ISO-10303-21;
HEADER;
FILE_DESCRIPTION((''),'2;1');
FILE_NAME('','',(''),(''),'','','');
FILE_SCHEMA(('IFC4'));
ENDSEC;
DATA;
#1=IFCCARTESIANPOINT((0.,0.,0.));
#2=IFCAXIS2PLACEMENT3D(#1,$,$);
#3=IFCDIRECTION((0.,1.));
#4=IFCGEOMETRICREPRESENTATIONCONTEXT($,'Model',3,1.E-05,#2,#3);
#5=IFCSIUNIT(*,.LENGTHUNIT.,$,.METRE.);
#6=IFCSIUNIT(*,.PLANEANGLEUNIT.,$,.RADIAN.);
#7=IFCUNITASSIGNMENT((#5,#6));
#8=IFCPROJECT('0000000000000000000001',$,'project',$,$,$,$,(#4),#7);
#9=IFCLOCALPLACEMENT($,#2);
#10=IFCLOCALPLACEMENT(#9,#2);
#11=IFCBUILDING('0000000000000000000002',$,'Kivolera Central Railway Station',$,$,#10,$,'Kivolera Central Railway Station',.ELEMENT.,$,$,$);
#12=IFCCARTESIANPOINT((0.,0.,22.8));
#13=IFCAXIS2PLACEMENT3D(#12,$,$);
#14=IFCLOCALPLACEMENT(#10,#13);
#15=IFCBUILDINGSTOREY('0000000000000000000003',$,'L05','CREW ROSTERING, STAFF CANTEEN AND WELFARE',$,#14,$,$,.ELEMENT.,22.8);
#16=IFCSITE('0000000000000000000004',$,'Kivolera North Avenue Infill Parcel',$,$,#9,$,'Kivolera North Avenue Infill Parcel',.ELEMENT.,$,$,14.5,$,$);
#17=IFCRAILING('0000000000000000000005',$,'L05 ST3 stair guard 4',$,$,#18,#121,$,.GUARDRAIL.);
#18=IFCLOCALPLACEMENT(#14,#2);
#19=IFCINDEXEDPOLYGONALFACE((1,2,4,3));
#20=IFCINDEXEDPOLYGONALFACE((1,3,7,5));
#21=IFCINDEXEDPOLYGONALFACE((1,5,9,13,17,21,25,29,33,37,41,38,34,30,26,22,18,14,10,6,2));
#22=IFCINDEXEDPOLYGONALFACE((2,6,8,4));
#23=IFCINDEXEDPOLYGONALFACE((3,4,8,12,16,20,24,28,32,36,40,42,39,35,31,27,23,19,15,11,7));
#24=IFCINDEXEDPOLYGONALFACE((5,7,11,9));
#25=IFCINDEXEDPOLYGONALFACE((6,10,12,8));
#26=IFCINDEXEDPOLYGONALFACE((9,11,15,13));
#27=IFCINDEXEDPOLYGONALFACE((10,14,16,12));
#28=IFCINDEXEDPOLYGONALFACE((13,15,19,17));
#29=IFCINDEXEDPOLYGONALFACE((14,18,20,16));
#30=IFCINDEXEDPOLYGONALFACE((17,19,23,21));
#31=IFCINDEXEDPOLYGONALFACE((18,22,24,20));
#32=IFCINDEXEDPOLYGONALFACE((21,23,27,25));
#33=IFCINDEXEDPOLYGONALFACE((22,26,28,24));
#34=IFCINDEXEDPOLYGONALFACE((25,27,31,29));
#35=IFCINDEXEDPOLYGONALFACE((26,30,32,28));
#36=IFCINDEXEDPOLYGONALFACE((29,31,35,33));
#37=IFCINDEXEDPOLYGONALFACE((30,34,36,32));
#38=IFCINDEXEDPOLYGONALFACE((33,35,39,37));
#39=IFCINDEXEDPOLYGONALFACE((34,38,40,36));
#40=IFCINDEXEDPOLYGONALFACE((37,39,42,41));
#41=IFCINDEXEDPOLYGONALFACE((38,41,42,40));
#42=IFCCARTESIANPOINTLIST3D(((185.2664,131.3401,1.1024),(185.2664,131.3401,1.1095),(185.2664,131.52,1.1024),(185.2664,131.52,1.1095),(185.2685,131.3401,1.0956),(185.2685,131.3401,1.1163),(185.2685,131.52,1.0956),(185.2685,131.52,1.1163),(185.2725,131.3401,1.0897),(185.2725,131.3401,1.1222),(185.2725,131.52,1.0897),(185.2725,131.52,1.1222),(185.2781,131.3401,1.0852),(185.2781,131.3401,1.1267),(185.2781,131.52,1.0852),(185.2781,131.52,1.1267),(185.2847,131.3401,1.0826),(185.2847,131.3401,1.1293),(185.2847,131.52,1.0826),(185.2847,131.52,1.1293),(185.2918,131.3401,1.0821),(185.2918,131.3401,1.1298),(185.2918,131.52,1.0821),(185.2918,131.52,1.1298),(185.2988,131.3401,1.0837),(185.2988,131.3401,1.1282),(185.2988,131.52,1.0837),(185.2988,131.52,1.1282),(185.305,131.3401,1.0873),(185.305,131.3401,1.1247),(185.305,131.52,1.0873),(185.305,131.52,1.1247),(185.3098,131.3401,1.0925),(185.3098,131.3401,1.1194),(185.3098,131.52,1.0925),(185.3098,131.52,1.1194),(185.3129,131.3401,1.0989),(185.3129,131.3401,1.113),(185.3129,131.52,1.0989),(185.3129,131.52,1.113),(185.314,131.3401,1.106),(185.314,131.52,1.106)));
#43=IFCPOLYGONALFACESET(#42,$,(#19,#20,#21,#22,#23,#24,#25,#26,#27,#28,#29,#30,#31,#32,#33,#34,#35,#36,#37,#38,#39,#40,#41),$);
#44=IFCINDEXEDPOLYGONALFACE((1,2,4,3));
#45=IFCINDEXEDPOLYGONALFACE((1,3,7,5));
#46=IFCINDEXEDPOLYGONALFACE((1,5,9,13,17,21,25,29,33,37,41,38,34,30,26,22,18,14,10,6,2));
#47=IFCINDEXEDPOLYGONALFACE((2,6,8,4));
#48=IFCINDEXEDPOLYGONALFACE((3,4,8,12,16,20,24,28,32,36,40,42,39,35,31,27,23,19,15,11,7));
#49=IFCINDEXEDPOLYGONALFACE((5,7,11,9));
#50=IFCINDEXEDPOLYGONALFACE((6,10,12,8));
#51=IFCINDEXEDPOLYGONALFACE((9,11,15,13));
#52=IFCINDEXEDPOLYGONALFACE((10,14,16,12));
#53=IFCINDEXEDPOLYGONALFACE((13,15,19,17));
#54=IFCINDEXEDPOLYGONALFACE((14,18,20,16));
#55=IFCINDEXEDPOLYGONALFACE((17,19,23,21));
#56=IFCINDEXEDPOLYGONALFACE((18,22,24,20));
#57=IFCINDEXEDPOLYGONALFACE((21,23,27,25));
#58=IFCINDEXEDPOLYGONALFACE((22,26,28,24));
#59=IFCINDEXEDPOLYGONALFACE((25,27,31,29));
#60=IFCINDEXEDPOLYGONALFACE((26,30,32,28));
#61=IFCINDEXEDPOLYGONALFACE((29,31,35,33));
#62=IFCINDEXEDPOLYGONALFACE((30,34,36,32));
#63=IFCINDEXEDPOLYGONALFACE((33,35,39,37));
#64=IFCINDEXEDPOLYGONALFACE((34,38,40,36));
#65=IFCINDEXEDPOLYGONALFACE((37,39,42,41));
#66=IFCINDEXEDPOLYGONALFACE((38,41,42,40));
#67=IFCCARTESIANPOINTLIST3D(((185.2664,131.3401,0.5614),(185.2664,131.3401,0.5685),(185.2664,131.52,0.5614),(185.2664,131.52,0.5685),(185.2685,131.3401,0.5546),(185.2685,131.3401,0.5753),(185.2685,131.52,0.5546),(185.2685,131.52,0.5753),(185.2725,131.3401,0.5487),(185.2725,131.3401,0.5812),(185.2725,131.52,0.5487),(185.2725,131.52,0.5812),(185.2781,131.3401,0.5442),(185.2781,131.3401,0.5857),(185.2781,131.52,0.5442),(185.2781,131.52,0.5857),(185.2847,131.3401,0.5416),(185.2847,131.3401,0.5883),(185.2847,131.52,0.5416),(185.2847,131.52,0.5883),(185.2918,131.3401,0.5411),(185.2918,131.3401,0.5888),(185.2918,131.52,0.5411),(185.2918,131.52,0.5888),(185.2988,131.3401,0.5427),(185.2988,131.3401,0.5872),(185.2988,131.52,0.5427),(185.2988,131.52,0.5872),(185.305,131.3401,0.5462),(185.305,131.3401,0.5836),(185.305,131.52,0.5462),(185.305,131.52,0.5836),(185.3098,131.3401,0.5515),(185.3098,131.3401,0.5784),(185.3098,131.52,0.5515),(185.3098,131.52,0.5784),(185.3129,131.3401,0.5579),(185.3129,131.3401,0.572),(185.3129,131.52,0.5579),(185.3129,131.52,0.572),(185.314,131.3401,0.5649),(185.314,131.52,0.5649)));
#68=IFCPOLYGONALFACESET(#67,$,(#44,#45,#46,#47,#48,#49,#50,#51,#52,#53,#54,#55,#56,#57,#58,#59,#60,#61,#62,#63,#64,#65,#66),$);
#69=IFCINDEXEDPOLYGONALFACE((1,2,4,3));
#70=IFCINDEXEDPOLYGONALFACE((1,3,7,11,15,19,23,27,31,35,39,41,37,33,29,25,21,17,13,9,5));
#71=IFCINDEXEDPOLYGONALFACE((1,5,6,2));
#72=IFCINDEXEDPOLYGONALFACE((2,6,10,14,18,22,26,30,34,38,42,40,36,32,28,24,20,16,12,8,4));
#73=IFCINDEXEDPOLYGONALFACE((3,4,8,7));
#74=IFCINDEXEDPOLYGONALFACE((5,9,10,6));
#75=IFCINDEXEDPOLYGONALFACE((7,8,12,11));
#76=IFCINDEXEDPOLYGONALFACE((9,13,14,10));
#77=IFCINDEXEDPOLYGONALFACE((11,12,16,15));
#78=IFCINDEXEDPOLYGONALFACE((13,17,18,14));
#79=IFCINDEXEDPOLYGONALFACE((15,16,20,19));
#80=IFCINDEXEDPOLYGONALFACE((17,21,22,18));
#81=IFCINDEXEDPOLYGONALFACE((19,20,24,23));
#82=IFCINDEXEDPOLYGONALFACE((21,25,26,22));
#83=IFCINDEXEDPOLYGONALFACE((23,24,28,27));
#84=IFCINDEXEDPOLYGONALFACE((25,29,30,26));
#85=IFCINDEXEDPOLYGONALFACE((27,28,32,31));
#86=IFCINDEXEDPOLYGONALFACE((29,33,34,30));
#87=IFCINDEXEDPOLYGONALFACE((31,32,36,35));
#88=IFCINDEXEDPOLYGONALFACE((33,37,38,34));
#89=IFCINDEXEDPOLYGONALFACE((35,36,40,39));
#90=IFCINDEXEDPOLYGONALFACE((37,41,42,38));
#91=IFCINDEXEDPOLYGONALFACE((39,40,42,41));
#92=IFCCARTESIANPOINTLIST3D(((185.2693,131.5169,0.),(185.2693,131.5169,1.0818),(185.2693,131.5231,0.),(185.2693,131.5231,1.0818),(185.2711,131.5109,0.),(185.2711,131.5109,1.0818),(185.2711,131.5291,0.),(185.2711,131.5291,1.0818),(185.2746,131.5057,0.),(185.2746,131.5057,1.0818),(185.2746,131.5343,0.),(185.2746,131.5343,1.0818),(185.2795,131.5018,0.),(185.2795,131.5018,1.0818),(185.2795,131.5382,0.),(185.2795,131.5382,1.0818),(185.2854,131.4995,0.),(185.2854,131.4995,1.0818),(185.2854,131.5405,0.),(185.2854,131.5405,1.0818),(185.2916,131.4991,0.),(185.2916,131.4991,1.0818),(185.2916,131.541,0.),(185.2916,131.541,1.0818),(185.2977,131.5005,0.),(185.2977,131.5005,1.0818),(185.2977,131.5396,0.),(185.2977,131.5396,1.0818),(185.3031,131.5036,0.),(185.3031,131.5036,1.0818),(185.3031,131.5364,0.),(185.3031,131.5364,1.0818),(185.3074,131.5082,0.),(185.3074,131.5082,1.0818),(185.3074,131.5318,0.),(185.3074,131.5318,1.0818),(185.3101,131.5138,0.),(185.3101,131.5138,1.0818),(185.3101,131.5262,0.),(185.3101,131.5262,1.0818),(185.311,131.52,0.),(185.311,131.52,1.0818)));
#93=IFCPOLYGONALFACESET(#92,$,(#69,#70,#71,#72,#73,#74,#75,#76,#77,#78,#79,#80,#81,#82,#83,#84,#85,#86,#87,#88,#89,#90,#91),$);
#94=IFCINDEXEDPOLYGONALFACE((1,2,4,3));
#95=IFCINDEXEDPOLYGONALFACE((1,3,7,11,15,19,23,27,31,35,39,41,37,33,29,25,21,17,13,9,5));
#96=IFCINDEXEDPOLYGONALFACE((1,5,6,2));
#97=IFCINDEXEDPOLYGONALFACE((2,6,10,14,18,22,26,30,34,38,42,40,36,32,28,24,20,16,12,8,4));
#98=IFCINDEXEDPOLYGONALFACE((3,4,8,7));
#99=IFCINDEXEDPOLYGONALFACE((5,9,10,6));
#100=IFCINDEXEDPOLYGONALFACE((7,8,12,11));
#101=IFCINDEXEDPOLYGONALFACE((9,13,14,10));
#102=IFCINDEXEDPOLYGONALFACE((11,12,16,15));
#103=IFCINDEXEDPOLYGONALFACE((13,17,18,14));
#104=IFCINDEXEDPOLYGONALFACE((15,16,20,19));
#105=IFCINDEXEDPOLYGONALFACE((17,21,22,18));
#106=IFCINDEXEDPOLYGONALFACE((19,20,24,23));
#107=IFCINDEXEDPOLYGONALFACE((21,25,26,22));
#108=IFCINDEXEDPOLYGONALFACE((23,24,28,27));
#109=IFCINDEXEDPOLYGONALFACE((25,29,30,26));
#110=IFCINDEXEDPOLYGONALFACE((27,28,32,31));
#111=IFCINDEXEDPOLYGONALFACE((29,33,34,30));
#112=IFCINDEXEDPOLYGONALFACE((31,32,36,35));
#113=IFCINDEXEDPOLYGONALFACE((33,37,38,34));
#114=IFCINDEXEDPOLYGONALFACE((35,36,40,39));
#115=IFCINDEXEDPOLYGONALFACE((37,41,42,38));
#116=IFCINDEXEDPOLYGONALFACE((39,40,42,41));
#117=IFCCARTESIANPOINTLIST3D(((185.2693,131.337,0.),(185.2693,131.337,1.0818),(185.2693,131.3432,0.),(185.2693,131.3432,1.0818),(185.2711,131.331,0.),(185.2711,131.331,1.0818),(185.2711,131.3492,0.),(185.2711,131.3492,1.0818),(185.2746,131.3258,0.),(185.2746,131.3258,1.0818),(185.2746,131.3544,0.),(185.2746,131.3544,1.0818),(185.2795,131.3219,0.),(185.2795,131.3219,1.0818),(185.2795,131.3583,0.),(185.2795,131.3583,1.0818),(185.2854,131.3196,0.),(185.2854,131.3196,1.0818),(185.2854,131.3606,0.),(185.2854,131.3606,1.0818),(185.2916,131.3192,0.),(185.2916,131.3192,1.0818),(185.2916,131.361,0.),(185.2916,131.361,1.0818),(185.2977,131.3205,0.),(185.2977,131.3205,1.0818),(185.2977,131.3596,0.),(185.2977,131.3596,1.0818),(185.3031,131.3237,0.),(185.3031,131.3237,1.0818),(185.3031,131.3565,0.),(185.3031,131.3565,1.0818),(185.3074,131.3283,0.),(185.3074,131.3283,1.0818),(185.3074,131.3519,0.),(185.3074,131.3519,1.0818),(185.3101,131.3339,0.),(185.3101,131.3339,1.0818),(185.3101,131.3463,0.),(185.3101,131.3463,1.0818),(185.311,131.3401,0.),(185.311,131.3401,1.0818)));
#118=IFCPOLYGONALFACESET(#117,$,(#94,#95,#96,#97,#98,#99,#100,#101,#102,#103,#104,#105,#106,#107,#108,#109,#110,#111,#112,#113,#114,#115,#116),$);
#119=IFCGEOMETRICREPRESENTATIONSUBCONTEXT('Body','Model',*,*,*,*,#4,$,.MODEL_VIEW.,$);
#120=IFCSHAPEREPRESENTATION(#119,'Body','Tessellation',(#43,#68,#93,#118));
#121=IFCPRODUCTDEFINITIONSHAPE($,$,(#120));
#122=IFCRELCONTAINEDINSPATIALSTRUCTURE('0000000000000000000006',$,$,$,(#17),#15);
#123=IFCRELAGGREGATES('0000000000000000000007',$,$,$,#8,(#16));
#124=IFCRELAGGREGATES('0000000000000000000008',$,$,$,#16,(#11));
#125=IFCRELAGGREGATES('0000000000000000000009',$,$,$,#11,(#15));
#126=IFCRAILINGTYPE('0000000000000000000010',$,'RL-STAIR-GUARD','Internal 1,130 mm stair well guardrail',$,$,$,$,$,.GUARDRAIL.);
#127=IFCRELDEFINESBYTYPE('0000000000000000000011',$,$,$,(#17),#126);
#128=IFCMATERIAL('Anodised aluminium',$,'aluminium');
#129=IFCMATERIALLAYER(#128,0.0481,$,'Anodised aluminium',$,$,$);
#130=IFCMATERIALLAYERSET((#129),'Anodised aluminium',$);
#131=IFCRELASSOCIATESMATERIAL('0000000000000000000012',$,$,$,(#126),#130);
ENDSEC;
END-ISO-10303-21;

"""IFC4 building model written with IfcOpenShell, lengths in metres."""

from ifc_helpers import new_model, si_unit, direction, frame, origin, origin_2d, place, context, subcontext, project, spatial, circle, extrude, material, layer, layer_set, type_object, element, save


model = new_model("IFC4")

# Units and contexts
model_context = context("Model", 3, precision=1e-05, world=origin(), true_north=direction((0.0, 1.0)))
body_context = subcontext(model_context, "Body", "Model", "MODEL_VIEW")
ifc_project = project(units=[si_unit("LENGTHUNIT", "METRE"), si_unit("PLANEANGLEUNIT", "RADIAN")], contexts=[model_context])

# Site, building, storey
site_placement = place(None, origin())
site = spatial("IfcSite", under=ifc_project, at=site_placement, Name="Kivolera North Avenue Infill Parcel", LongName="Kivolera North Avenue Infill Parcel", CompositionType="ELEMENT", RefElevation=14.5)
building_placement = place(site_placement, origin())
building = spatial("IfcBuilding", under=site, at=building_placement, Name="Kivolera Central Railway Station", LongName="Kivolera Central Railway Station", CompositionType="ELEMENT")
storey_placement = place(building_placement, frame((0.0, 0.0, 22.8)))
storey = spatial("IfcBuildingStorey", under=building, at=storey_placement, Name="L05", Description="CREW ROSTERING, STAFF CANTEEN AND WELFARE", CompositionType="ELEMENT", Elevation=22.8)

# Shared definitions
ifc_material_1 = material(Name="Anodised aluminium", Category="aluminium")

# Railing
ifc_layer_1 = layer(ifc_material_1, 0.0481, Name="Anodised aluminium")
ifc_layer_set_1 = layer_set([ifc_layer_1], Name="Anodised aluminium")
railing_type_1 = type_object("IfcRailingType", Name="RL-STAIR-GUARD", Description="Internal 1,130 mm stair well guardrail", PredefinedType="GUARDRAIL", material=ifc_layer_set_1)
railing_1_placement = place(storey_placement, frame((185.29, 131.52, 0.0)))
element("IfcRailing", 1, at=railing_1_placement, inside=storey, type_object=railing_type_1, Name="L05 ST3 stair guard 4", PredefinedType="GUARDRAIL", context=body_context, shape_type="SweptSolid", body=[
    extrude(circle(Radius=0.0239, at=origin_2d()), frame((0.0, 0.0, 1.106), z_axis=(0.0, -1.0, 0.0), x_axis=(1.0, 0.0, 0.0)), (0.0, 0.0, 1.0), 0.1799),
    extrude(circle(Radius=0.0239, at=origin_2d()), frame((0.0, 0.0, 0.5649), z_axis=(0.0, -1.0, 0.0), x_axis=(1.0, 0.0, 0.0)), (0.0, 0.0, 1.0), 0.1799),
    extrude(circle(Radius=0.021, at=origin_2d()), origin(), (0.0, 0.0, 1.0), 1.0818),
    extrude(circle(Radius=0.021, at=origin_2d()), frame((0.0, -0.1799, 0.0)), (0.0, 0.0, 1.0), 1.0818),
])

save(model, "model.ifc")
